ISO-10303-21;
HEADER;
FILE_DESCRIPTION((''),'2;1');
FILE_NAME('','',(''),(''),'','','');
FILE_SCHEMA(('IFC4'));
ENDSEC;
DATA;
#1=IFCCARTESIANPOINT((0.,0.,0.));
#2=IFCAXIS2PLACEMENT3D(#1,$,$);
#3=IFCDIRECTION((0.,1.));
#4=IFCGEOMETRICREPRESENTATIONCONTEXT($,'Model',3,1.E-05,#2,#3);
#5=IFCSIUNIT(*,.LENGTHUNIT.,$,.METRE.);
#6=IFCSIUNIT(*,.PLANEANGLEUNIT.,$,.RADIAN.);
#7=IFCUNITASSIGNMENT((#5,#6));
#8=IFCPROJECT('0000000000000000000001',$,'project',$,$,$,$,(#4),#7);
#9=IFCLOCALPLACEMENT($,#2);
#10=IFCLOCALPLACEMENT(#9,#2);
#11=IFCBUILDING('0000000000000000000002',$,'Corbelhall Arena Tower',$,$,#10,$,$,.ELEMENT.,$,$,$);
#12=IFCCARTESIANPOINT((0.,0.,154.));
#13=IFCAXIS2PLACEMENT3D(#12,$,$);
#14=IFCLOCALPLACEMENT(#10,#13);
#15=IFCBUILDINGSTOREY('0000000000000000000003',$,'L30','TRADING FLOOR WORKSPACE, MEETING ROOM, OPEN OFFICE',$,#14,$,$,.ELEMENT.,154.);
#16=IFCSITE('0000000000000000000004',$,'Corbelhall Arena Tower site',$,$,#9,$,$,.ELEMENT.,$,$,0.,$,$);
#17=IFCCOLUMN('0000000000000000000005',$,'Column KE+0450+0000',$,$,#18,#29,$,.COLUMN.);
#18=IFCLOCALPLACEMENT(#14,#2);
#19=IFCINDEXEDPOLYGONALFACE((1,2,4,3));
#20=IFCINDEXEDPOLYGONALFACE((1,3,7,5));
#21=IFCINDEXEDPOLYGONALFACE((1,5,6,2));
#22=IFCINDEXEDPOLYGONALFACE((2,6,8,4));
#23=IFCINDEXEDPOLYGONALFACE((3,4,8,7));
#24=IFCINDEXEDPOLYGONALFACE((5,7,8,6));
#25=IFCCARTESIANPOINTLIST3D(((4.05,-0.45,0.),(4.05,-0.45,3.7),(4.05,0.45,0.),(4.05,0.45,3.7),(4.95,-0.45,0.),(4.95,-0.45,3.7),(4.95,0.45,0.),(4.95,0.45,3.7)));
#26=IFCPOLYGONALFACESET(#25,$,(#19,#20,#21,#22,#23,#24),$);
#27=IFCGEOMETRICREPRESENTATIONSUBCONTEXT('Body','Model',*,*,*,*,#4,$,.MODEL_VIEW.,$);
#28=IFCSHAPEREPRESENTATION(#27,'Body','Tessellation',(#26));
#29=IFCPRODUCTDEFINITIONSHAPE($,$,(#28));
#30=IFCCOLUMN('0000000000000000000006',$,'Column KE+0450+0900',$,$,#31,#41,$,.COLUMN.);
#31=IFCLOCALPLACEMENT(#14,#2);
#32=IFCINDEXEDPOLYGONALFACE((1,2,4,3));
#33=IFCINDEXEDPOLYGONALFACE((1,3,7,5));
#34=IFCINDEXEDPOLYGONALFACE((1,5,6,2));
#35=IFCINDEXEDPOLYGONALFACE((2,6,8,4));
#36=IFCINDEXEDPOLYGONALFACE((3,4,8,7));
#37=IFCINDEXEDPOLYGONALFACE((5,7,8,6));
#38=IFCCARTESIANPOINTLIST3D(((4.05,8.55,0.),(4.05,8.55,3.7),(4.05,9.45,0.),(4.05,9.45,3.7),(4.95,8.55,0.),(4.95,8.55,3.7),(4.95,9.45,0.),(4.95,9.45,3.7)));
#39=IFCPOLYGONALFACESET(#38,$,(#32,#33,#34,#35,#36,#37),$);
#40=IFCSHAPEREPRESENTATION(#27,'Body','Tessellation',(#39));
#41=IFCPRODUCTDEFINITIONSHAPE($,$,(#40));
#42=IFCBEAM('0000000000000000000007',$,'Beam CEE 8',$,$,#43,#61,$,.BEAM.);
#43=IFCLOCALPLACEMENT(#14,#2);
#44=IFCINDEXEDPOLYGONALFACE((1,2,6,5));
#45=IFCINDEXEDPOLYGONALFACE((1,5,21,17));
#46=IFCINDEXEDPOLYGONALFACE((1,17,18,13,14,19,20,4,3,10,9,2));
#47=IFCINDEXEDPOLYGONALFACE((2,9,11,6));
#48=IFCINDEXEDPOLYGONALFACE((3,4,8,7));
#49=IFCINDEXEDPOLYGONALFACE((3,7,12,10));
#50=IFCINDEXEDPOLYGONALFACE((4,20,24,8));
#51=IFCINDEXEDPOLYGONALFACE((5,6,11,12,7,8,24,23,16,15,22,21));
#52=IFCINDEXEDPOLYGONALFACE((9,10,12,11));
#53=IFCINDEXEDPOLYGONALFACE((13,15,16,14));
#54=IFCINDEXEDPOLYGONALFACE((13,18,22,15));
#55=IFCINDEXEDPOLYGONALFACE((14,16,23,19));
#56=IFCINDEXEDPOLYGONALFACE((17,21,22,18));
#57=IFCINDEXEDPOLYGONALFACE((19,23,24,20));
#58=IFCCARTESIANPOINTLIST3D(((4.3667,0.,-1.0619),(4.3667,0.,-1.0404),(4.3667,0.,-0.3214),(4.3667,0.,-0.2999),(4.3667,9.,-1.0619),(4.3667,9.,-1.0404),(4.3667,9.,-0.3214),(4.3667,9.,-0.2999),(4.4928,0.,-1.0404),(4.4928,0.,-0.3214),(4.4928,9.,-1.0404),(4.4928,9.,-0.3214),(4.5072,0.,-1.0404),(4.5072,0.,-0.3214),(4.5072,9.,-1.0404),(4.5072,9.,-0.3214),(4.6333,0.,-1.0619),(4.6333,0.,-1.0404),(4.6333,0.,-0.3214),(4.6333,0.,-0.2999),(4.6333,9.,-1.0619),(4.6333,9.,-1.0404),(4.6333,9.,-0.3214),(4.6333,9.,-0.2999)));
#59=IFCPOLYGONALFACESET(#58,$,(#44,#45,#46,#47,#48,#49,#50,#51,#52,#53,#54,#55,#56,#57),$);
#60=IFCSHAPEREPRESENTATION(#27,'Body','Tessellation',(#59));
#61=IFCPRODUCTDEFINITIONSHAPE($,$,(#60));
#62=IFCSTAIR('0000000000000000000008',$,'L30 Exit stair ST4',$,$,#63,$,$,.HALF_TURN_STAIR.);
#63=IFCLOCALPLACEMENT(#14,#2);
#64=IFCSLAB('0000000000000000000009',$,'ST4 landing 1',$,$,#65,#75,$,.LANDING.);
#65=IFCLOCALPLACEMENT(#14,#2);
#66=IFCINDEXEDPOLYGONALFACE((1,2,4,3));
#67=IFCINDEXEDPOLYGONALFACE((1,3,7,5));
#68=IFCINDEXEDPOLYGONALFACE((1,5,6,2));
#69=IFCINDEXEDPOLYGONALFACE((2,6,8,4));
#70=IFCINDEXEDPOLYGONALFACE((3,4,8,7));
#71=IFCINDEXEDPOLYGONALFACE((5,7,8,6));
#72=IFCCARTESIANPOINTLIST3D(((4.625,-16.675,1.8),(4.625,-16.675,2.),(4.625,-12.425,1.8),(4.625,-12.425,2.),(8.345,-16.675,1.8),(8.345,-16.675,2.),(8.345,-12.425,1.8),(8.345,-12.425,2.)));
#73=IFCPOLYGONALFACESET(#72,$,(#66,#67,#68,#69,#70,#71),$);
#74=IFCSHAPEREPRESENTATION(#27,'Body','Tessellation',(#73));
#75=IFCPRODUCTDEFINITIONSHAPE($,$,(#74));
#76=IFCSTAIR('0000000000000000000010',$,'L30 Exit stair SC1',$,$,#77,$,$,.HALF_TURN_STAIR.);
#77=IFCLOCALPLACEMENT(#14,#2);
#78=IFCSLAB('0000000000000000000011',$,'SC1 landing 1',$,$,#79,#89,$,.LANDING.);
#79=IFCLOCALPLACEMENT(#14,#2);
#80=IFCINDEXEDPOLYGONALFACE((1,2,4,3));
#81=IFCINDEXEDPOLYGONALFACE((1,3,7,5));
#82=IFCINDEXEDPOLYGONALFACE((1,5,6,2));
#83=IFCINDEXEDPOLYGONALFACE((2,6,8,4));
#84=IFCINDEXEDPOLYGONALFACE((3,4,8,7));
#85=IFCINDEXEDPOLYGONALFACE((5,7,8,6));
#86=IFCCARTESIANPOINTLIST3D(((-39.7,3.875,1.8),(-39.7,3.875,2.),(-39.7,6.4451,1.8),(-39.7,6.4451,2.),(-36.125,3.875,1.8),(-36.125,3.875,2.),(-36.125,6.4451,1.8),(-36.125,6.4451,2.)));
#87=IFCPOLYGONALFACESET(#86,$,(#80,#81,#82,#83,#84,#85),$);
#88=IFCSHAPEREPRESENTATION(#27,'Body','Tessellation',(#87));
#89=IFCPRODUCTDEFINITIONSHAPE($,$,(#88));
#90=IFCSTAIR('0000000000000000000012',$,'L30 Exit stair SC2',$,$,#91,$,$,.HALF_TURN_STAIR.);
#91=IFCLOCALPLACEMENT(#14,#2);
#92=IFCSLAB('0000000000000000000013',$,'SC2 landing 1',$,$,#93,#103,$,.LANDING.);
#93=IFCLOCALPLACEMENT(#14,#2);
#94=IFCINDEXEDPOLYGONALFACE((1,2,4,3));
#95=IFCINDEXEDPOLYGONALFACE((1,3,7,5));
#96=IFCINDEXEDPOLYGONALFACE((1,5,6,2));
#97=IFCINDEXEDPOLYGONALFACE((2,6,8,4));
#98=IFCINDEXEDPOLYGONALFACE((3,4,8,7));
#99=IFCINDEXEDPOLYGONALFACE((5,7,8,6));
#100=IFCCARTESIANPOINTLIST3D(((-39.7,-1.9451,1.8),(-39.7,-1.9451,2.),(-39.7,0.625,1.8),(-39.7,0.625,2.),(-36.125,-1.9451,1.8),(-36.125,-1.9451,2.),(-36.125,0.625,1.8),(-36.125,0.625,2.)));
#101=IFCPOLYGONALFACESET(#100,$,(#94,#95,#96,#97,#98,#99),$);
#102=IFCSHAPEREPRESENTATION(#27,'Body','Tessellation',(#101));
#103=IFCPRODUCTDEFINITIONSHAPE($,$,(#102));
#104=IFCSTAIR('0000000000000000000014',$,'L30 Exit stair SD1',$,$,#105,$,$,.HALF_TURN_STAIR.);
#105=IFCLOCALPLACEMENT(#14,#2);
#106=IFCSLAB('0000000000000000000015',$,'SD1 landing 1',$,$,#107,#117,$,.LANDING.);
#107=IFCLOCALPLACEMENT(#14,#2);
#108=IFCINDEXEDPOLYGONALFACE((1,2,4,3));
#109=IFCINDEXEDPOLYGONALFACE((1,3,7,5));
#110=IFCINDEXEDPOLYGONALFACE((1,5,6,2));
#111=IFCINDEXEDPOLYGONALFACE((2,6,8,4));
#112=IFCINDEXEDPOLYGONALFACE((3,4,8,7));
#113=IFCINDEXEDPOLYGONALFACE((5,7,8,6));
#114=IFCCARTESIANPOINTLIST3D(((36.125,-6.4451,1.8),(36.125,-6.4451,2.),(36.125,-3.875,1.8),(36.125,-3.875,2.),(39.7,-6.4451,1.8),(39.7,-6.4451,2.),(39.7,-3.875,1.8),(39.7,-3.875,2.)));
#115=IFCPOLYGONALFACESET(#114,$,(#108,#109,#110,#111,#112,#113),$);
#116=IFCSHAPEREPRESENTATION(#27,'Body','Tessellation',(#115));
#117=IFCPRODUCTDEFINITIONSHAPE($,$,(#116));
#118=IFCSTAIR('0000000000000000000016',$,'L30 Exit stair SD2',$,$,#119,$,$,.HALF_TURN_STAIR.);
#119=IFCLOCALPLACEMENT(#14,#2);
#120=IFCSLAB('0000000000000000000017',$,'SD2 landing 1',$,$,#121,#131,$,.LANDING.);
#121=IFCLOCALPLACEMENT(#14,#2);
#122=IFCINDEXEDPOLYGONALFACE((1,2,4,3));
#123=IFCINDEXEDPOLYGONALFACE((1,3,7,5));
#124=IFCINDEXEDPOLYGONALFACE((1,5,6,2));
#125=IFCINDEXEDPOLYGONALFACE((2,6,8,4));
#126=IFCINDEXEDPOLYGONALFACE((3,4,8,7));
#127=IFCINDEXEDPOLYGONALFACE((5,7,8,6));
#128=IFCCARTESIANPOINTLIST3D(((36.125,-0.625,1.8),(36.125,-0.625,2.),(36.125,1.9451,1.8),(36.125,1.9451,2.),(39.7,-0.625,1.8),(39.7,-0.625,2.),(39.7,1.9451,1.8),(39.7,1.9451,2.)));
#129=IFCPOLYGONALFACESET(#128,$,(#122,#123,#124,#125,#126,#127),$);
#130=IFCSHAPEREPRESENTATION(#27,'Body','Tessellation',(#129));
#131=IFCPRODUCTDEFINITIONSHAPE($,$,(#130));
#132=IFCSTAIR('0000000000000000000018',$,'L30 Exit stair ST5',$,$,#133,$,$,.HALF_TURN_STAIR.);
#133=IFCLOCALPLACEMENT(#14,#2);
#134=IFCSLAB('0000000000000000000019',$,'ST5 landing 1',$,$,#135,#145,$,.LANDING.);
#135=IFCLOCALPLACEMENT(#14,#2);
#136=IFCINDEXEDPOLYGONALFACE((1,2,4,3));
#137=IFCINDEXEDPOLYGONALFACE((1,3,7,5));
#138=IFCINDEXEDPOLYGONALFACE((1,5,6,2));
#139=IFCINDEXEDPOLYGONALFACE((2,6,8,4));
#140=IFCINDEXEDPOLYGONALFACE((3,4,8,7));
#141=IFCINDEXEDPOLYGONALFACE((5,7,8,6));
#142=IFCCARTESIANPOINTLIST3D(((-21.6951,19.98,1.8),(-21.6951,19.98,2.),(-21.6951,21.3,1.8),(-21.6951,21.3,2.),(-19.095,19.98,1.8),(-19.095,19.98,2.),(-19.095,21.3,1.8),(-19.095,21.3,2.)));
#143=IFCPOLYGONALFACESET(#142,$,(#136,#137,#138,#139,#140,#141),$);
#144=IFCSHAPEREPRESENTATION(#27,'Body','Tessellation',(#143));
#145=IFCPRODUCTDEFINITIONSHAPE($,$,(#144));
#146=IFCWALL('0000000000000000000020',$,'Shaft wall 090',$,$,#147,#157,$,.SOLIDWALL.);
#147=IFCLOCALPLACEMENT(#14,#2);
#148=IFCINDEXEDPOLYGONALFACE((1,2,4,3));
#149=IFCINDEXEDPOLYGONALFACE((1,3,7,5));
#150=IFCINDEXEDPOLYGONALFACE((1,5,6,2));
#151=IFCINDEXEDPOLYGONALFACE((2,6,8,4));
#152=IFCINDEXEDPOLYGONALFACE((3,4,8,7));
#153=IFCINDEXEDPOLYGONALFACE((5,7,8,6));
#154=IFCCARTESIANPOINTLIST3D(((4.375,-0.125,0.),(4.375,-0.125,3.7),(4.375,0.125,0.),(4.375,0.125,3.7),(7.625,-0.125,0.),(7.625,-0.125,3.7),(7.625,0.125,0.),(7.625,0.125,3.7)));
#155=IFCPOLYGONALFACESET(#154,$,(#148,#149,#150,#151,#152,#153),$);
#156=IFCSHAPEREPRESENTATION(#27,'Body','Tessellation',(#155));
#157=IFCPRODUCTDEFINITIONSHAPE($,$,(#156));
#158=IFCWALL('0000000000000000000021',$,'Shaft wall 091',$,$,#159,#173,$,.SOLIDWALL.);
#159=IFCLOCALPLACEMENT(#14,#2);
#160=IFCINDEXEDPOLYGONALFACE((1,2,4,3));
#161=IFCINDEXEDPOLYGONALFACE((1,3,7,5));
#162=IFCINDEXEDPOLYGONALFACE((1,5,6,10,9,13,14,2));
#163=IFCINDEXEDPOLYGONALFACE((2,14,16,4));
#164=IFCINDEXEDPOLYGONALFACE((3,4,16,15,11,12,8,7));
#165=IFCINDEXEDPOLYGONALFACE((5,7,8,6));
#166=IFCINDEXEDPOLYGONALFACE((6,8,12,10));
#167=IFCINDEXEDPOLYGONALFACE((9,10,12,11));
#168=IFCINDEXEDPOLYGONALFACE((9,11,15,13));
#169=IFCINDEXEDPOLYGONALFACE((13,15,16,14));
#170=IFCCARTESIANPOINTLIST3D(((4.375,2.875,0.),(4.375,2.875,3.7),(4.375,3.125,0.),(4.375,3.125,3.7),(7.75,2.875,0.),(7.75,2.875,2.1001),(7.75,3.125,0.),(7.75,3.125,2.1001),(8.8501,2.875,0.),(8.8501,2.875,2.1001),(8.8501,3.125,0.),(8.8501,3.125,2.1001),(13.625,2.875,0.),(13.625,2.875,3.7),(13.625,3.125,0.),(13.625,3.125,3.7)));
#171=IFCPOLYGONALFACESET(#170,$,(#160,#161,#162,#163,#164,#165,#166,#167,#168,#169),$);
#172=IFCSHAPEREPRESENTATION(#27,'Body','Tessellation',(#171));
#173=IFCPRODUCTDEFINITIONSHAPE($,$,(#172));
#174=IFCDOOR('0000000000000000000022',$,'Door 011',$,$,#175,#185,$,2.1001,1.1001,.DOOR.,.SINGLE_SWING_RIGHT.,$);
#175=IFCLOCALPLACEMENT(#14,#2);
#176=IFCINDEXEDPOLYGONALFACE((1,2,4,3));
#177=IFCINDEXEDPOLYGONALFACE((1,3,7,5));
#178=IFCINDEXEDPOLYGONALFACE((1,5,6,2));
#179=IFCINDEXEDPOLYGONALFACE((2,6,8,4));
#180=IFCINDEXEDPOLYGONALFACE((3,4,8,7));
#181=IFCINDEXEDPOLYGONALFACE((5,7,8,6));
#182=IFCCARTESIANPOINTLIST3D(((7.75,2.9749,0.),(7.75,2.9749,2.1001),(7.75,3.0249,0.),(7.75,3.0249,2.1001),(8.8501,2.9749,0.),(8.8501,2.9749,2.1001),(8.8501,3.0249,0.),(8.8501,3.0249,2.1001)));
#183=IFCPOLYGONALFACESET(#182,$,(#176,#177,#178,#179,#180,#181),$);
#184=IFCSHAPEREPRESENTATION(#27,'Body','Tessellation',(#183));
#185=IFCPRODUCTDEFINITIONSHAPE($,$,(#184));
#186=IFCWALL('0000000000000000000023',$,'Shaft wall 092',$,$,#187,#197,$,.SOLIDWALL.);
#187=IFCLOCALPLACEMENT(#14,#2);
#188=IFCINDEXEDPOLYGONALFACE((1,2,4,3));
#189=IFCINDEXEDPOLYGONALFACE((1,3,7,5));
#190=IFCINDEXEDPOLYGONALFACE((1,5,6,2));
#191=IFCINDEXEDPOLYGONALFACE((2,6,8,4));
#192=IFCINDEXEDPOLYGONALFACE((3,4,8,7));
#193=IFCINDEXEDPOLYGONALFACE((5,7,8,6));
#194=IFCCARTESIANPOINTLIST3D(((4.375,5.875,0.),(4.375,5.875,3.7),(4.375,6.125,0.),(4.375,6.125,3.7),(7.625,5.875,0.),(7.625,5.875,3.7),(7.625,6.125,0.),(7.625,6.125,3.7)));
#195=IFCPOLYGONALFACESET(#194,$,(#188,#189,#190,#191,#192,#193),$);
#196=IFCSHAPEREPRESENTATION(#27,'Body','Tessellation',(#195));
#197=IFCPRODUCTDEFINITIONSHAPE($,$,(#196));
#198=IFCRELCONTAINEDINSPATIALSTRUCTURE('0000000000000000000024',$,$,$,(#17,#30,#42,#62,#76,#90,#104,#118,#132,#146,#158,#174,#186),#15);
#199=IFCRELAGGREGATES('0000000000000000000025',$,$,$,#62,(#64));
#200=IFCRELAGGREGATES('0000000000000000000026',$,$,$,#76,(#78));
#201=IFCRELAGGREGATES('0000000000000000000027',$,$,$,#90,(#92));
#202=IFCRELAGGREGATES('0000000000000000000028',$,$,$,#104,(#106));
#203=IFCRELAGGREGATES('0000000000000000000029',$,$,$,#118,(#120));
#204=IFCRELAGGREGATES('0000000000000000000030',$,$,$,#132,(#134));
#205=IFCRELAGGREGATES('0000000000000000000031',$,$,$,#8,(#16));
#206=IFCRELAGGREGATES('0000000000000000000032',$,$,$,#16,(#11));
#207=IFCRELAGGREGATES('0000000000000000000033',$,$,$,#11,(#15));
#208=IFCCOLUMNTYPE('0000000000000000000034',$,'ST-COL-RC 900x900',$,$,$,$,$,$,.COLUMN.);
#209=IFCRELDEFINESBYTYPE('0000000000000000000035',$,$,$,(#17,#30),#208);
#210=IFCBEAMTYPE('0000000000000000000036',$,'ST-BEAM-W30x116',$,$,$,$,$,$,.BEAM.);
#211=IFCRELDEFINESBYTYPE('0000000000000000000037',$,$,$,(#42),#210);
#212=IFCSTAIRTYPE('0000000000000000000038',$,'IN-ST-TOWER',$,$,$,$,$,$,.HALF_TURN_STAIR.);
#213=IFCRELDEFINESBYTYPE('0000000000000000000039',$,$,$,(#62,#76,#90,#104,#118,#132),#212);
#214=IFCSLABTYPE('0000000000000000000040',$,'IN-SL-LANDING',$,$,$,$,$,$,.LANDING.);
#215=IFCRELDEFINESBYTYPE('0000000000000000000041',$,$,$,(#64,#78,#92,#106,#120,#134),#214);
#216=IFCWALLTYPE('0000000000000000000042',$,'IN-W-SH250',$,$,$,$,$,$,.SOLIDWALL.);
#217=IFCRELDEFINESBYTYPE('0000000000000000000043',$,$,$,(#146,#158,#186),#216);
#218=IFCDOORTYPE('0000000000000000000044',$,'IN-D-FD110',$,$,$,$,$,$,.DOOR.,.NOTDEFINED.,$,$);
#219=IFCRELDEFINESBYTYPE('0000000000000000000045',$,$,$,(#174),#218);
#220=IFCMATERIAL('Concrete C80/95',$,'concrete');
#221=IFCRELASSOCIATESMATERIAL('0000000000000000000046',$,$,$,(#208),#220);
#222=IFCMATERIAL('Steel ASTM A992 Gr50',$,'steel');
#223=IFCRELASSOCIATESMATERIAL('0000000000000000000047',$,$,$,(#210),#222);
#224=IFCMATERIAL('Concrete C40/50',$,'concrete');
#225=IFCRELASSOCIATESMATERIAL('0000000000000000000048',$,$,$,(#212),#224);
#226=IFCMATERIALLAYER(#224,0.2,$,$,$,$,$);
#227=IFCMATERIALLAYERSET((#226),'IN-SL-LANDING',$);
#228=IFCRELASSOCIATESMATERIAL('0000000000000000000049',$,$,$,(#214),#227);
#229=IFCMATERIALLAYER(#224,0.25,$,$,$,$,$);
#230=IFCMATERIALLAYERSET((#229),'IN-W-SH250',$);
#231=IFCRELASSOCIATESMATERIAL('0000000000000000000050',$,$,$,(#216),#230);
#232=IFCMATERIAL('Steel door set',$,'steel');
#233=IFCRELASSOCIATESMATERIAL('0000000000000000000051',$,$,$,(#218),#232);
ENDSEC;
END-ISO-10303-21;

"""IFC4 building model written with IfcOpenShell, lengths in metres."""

from ifc_helpers import new_model, si_unit, direction, frame, frame_2d, origin, origin_2d, place, context, subcontext, project, spatial, polyline, rectangle, i_section, outline, extrude, material, layer, layer_set, material_profile, profile_set, type_object, element, fill, aggregate, save


model = new_model("IFC4")

# Units and contexts
model_context = context("Model", 3, precision=1e-05, world=origin(), true_north=direction((0.0, 1.0)))
body_context = subcontext(model_context, "Body", "Model", "MODEL_VIEW")
ifc_project = project(units=[si_unit("LENGTHUNIT", "METRE"), si_unit("PLANEANGLEUNIT", "RADIAN")], contexts=[model_context])

# Site, building, storey
site_placement = place(None, origin())
site = spatial("IfcSite", under=ifc_project, at=site_placement, Name="Corbelhall Arena Tower site", CompositionType="ELEMENT", RefElevation=0.0)
building_placement = place(site_placement, origin())
building = spatial("IfcBuilding", under=site, at=building_placement, Name="Corbelhall Arena Tower", CompositionType="ELEMENT")
storey_placement = place(building_placement, frame((0.0, 0.0, 154.0)))
storey = spatial("IfcBuildingStorey", under=building, at=storey_placement, Name="L30", Description="TRADING FLOOR WORKSPACE, MEETING ROOM, OPEN OFFICE", CompositionType="ELEMENT", Elevation=154.0)

# Columns
ifc_material_1 = material(Name="Concrete C80/95", Category="concrete")
ifc_material_profile_1 = material_profile(ifc_material_1, rectangle(XDim=0.8999, YDim=0.8999, at=origin_2d()))
ifc_profile_set_1 = profile_set([ifc_material_profile_1], Name="Concrete C80/95")
column_type = type_object("IfcColumnType", Name="ST-COL-RC 900x900", PredefinedType="COLUMN", material=ifc_profile_set_1)
for number, where, z_axis, x_axis, name in (
    (1, (4.5, 0.0, 0.0), (0.0, 0.0, 1.0), (1.0, 0.0, 0.0), "Column KE+0450+0000"),
    (2, (4.5, 9.0, 0.0), (0.0, 0.0, 1.0), (1.0, 0.0, 0.0), "Column KE+0450+0900"),
):
    element("IfcColumn", number, at=place(storey_placement, frame(where, z_axis=z_axis, x_axis=x_axis)), inside=storey, type_object=column_type, Name=name, PredefinedType="COLUMN", context=body_context, shape_type="SweptSolid", body=[
        extrude(rectangle(XDim=0.8999, YDim=0.8999, at=origin_2d()), origin(), (0.0, 0.0, 1.0), 3.7),
    ])

# Beam
ifc_material_2 = material(Name="Steel ASTM A992 Gr50", Category="steel")
ifc_material_profile_2 = material_profile(ifc_material_2, i_section(OverallWidth=0.2666, OverallDepth=0.762, WebThickness=0.0144, FlangeThickness=0.0215, at=origin_2d()))
ifc_profile_set_2 = profile_set([ifc_material_profile_2], Name="Steel ASTM A992 Gr50")
beam_type = type_object("IfcBeamType", Name="ST-BEAM-W30x116", PredefinedType="BEAM", material=ifc_profile_set_2)
beam_placement = place(storey_placement, frame((4.5, 0.0, -0.6809), z_axis=(0.0, 1.0, 0.0), x_axis=(-1.0, 0.0, 0.0)))
element("IfcBeam", 3, at=beam_placement, inside=storey, type_object=beam_type, Name="Beam CEE 8", PredefinedType="BEAM", context=body_context, shape_type="SweptSolid", body=[
    extrude(i_section(OverallWidth=0.2666, OverallDepth=0.762, WebThickness=0.0144, FlangeThickness=0.0215, at=origin_2d()), origin(), (0.0, 0.0, 1.0), 9.0),
])

# Stairs, slabs
ifc_material_3 = material(Name="Concrete C40/50", Category="concrete")
stair_type = type_object("IfcStairType", Name="IN-ST-TOWER", PredefinedType="HALF_TURN_STAIR", material=ifc_material_3)
stair_1_placement = place(storey_placement, origin())
stair_1 = element("IfcStair", 4, at=stair_1_placement, inside=storey, type_object=stair_type, Name="L30 Exit stair ST4", PredefinedType="HALF_TURN_STAIR")
ifc_layer_1 = layer(ifc_material_3, 0.2)
ifc_layer_set_1 = layer_set([ifc_layer_1], Name="IN-SL-LANDING")
slab_type = type_object("IfcSlabType", Name="IN-SL-LANDING", PredefinedType="LANDING", material=ifc_layer_set_1)
slab_1_placement = place(storey_placement, frame((0.0, 0.0, 1.8)))
slab_1 = element("IfcSlab", 5, at=slab_1_placement, type_object=slab_type, Name="ST4 landing 1", PredefinedType="LANDING", context=body_context, shape_type="SweptSolid", body=[
    extrude(outline(polyline([(8.345, -12.425), (4.625, -12.425), (4.625, -16.675), (8.345, -16.675), (8.345, -12.425)])), origin(), (0.0, 0.0, 1.0), 0.2),
])
aggregate(stair_1, [slab_1])
stair_2_placement = place(storey_placement, origin())
stair_2 = element("IfcStair", 6, at=stair_2_placement, inside=storey, type_object=stair_type, Name="L30 Exit stair SC1", PredefinedType="HALF_TURN_STAIR")
slab_2_placement = place(storey_placement, frame((0.0, 0.0, 1.8)))
slab_2 = element("IfcSlab", 7, at=slab_2_placement, type_object=slab_type, Name="SC1 landing 1", PredefinedType="LANDING", context=body_context, shape_type="SweptSolid", body=[
    extrude(outline(polyline([(-39.7, 6.4451), (-39.7, 3.875), (-36.125, 3.875), (-36.125, 6.4451), (-39.7, 6.4451)])), origin(), (0.0, 0.0, 1.0), 0.2),
])
aggregate(stair_2, [slab_2])
stair_3_placement = place(storey_placement, origin())
stair_3 = element("IfcStair", 8, at=stair_3_placement, inside=storey, type_object=stair_type, Name="L30 Exit stair SC2", PredefinedType="HALF_TURN_STAIR")
slab_3_placement = place(storey_placement, frame((0.0, 0.0, 1.8)))
slab_3 = element("IfcSlab", 9, at=slab_3_placement, type_object=slab_type, Name="SC2 landing 1", PredefinedType="LANDING", context=body_context, shape_type="SweptSolid", body=[
    extrude(outline(polyline([(-36.125, -1.9451), (-36.125, 0.625), (-39.7, 0.625), (-39.7, -1.9451), (-36.125, -1.9451)])), origin(), (0.0, 0.0, 1.0), 0.2),
])
aggregate(stair_3, [slab_3])
stair_4_placement = place(storey_placement, origin())
stair_4 = element("IfcStair", 10, at=stair_4_placement, inside=storey, type_object=stair_type, Name="L30 Exit stair SD1", PredefinedType="HALF_TURN_STAIR")
slab_4_placement = place(storey_placement, frame((0.0, 0.0, 1.8)))
slab_4 = element("IfcSlab", 11, at=slab_4_placement, type_object=slab_type, Name="SD1 landing 1", PredefinedType="LANDING", context=body_context, shape_type="SweptSolid", body=[
    extrude(outline(polyline([(39.7, -6.4451), (39.7, -3.875), (36.125, -3.875), (36.125, -6.4451), (39.7, -6.4451)])), origin(), (0.0, 0.0, 1.0), 0.2),
])
aggregate(stair_4, [slab_4])
stair_5_placement = place(storey_placement, origin())
stair_5 = element("IfcStair", 12, at=stair_5_placement, inside=storey, type_object=stair_type, Name="L30 Exit stair SD2", PredefinedType="HALF_TURN_STAIR")
slab_5_placement = place(storey_placement, frame((0.0, 0.0, 1.8)))
slab_5 = element("IfcSlab", 13, at=slab_5_placement, type_object=slab_type, Name="SD2 landing 1", PredefinedType="LANDING", context=body_context, shape_type="SweptSolid", body=[
    extrude(outline(polyline([(36.125, 1.9451), (36.125, -0.625), (39.7, -0.625), (39.7, 1.9451), (36.125, 1.9451)])), origin(), (0.0, 0.0, 1.0), 0.2),
])
aggregate(stair_5, [slab_5])
stair_6_placement = place(storey_placement, origin())
stair_6 = element("IfcStair", 14, at=stair_6_placement, inside=storey, type_object=stair_type, Name="L30 Exit stair ST5", PredefinedType="HALF_TURN_STAIR")
slab_6_placement = place(storey_placement, frame((0.0, 0.0, 1.8)))
slab_6 = element("IfcSlab", 15, at=slab_6_placement, type_object=slab_type, Name="ST5 landing 1", PredefinedType="LANDING", context=body_context, shape_type="SweptSolid", body=[
    extrude(outline(polyline([(-19.095, 19.98), (-19.095, 21.3), (-21.6951, 21.3), (-21.6951, 19.98), (-19.095, 19.98)])), origin(), (0.0, 0.0, 1.0), 0.2),
])
aggregate(stair_6, [slab_6])

# Wall
ifc_layer_2 = layer(ifc_material_3, 0.25)
ifc_layer_set_2 = layer_set([ifc_layer_2], Name="IN-W-SH250")
wall_type_1 = type_object("IfcWallType", Name="IN-W-SH250", PredefinedType="SOLIDWALL", material=ifc_layer_set_2)
wall_1_placement = place(storey_placement, frame((4.375, 0.0, 0.0), z_axis=(0.0, 0.0, 1.0), x_axis=(1.0, 0.0, 0.0)))
element("IfcWall", 16, at=wall_1_placement, inside=storey, type_object=wall_type_1, Name="Shaft wall 090", PredefinedType="SOLIDWALL", context=body_context, shape_type="SweptSolid", body=[
    extrude(rectangle(XDim=3.25, YDim=0.25, at=frame_2d((1.625, 0.0))), origin(), (0.0, 0.0, 1.0), 3.7),
])

# Wall, opening, door
wall_2_placement = place(storey_placement, frame((4.375, 3.0, 0.0), z_axis=(0.0, 0.0, 1.0), x_axis=(1.0, 0.0, 0.0)))
wall_2 = element("IfcWall", 17, at=wall_2_placement, inside=storey, type_object=wall_type_1, Name="Shaft wall 091", PredefinedType="SOLIDWALL", context=body_context, shape_type="SweptSolid", body=[
    extrude(rectangle(XDim=9.25, YDim=0.25, at=frame_2d((4.625, 0.0))), origin(), (0.0, 0.0, 1.0), 3.7),
])
opening_1_placement = place(wall_2_placement, frame((3.375, 0.0, 0.0)))
opening_1 = element("IfcOpeningElement", 18, at=opening_1_placement, cuts=wall_2, PredefinedType="OPENING", context=body_context, shape_type="SweptSolid", body=[
    extrude(rectangle(XDim=1.1001, YDim=2.1001, at=frame_2d((0.55, 1.05))), frame((0.0, 0.125, 0.0), z_axis=(0.0, -1.0, 0.0), x_axis=(1.0, 0.0, 0.0)), (0.0, 0.0, 1.0), 0.25),
])
ifc_material_4 = material(Name="Steel door set", Category="steel")
door_type_1 = type_object("IfcDoorType", Name="IN-D-FD110", OperationType="NOTDEFINED", PredefinedType="DOOR", material=ifc_material_4)
door_1_placement = place(opening_1_placement, origin())
door_1 = element("IfcDoor", 19, at=door_1_placement, inside=storey, type_object=door_type_1, Name="Door 011", OperationType="SINGLE_SWING_RIGHT", OverallHeight=2.1001, OverallWidth=1.1001, PredefinedType="DOOR", context=body_context, shape_type="SweptSolid", body=[
    extrude(rectangle(XDim=1.1001, YDim=2.1001, at=frame_2d((0.55, 1.05))), frame((0.0, 0.0249, 0.0), z_axis=(0.0, -1.0, 0.0), x_axis=(1.0, 0.0, 0.0)), (0.0, 0.0, 1.0), 0.05),
])
fill(opening_1, door_1)

# Wall
wall_3_placement = place(storey_placement, frame((4.375, 6.0, 0.0), z_axis=(0.0, 0.0, 1.0), x_axis=(1.0, 0.0, 0.0)))
element("IfcWall", 20, at=wall_3_placement, inside=storey, type_object=wall_type_1, Name="Shaft wall 092", PredefinedType="SOLIDWALL", context=body_context, shape_type="SweptSolid", body=[
    extrude(rectangle(XDim=3.25, YDim=0.25, at=frame_2d((1.625, 0.0))), origin(), (0.0, 0.0, 1.0), 3.7),
])

save(model, "model.ifc")
